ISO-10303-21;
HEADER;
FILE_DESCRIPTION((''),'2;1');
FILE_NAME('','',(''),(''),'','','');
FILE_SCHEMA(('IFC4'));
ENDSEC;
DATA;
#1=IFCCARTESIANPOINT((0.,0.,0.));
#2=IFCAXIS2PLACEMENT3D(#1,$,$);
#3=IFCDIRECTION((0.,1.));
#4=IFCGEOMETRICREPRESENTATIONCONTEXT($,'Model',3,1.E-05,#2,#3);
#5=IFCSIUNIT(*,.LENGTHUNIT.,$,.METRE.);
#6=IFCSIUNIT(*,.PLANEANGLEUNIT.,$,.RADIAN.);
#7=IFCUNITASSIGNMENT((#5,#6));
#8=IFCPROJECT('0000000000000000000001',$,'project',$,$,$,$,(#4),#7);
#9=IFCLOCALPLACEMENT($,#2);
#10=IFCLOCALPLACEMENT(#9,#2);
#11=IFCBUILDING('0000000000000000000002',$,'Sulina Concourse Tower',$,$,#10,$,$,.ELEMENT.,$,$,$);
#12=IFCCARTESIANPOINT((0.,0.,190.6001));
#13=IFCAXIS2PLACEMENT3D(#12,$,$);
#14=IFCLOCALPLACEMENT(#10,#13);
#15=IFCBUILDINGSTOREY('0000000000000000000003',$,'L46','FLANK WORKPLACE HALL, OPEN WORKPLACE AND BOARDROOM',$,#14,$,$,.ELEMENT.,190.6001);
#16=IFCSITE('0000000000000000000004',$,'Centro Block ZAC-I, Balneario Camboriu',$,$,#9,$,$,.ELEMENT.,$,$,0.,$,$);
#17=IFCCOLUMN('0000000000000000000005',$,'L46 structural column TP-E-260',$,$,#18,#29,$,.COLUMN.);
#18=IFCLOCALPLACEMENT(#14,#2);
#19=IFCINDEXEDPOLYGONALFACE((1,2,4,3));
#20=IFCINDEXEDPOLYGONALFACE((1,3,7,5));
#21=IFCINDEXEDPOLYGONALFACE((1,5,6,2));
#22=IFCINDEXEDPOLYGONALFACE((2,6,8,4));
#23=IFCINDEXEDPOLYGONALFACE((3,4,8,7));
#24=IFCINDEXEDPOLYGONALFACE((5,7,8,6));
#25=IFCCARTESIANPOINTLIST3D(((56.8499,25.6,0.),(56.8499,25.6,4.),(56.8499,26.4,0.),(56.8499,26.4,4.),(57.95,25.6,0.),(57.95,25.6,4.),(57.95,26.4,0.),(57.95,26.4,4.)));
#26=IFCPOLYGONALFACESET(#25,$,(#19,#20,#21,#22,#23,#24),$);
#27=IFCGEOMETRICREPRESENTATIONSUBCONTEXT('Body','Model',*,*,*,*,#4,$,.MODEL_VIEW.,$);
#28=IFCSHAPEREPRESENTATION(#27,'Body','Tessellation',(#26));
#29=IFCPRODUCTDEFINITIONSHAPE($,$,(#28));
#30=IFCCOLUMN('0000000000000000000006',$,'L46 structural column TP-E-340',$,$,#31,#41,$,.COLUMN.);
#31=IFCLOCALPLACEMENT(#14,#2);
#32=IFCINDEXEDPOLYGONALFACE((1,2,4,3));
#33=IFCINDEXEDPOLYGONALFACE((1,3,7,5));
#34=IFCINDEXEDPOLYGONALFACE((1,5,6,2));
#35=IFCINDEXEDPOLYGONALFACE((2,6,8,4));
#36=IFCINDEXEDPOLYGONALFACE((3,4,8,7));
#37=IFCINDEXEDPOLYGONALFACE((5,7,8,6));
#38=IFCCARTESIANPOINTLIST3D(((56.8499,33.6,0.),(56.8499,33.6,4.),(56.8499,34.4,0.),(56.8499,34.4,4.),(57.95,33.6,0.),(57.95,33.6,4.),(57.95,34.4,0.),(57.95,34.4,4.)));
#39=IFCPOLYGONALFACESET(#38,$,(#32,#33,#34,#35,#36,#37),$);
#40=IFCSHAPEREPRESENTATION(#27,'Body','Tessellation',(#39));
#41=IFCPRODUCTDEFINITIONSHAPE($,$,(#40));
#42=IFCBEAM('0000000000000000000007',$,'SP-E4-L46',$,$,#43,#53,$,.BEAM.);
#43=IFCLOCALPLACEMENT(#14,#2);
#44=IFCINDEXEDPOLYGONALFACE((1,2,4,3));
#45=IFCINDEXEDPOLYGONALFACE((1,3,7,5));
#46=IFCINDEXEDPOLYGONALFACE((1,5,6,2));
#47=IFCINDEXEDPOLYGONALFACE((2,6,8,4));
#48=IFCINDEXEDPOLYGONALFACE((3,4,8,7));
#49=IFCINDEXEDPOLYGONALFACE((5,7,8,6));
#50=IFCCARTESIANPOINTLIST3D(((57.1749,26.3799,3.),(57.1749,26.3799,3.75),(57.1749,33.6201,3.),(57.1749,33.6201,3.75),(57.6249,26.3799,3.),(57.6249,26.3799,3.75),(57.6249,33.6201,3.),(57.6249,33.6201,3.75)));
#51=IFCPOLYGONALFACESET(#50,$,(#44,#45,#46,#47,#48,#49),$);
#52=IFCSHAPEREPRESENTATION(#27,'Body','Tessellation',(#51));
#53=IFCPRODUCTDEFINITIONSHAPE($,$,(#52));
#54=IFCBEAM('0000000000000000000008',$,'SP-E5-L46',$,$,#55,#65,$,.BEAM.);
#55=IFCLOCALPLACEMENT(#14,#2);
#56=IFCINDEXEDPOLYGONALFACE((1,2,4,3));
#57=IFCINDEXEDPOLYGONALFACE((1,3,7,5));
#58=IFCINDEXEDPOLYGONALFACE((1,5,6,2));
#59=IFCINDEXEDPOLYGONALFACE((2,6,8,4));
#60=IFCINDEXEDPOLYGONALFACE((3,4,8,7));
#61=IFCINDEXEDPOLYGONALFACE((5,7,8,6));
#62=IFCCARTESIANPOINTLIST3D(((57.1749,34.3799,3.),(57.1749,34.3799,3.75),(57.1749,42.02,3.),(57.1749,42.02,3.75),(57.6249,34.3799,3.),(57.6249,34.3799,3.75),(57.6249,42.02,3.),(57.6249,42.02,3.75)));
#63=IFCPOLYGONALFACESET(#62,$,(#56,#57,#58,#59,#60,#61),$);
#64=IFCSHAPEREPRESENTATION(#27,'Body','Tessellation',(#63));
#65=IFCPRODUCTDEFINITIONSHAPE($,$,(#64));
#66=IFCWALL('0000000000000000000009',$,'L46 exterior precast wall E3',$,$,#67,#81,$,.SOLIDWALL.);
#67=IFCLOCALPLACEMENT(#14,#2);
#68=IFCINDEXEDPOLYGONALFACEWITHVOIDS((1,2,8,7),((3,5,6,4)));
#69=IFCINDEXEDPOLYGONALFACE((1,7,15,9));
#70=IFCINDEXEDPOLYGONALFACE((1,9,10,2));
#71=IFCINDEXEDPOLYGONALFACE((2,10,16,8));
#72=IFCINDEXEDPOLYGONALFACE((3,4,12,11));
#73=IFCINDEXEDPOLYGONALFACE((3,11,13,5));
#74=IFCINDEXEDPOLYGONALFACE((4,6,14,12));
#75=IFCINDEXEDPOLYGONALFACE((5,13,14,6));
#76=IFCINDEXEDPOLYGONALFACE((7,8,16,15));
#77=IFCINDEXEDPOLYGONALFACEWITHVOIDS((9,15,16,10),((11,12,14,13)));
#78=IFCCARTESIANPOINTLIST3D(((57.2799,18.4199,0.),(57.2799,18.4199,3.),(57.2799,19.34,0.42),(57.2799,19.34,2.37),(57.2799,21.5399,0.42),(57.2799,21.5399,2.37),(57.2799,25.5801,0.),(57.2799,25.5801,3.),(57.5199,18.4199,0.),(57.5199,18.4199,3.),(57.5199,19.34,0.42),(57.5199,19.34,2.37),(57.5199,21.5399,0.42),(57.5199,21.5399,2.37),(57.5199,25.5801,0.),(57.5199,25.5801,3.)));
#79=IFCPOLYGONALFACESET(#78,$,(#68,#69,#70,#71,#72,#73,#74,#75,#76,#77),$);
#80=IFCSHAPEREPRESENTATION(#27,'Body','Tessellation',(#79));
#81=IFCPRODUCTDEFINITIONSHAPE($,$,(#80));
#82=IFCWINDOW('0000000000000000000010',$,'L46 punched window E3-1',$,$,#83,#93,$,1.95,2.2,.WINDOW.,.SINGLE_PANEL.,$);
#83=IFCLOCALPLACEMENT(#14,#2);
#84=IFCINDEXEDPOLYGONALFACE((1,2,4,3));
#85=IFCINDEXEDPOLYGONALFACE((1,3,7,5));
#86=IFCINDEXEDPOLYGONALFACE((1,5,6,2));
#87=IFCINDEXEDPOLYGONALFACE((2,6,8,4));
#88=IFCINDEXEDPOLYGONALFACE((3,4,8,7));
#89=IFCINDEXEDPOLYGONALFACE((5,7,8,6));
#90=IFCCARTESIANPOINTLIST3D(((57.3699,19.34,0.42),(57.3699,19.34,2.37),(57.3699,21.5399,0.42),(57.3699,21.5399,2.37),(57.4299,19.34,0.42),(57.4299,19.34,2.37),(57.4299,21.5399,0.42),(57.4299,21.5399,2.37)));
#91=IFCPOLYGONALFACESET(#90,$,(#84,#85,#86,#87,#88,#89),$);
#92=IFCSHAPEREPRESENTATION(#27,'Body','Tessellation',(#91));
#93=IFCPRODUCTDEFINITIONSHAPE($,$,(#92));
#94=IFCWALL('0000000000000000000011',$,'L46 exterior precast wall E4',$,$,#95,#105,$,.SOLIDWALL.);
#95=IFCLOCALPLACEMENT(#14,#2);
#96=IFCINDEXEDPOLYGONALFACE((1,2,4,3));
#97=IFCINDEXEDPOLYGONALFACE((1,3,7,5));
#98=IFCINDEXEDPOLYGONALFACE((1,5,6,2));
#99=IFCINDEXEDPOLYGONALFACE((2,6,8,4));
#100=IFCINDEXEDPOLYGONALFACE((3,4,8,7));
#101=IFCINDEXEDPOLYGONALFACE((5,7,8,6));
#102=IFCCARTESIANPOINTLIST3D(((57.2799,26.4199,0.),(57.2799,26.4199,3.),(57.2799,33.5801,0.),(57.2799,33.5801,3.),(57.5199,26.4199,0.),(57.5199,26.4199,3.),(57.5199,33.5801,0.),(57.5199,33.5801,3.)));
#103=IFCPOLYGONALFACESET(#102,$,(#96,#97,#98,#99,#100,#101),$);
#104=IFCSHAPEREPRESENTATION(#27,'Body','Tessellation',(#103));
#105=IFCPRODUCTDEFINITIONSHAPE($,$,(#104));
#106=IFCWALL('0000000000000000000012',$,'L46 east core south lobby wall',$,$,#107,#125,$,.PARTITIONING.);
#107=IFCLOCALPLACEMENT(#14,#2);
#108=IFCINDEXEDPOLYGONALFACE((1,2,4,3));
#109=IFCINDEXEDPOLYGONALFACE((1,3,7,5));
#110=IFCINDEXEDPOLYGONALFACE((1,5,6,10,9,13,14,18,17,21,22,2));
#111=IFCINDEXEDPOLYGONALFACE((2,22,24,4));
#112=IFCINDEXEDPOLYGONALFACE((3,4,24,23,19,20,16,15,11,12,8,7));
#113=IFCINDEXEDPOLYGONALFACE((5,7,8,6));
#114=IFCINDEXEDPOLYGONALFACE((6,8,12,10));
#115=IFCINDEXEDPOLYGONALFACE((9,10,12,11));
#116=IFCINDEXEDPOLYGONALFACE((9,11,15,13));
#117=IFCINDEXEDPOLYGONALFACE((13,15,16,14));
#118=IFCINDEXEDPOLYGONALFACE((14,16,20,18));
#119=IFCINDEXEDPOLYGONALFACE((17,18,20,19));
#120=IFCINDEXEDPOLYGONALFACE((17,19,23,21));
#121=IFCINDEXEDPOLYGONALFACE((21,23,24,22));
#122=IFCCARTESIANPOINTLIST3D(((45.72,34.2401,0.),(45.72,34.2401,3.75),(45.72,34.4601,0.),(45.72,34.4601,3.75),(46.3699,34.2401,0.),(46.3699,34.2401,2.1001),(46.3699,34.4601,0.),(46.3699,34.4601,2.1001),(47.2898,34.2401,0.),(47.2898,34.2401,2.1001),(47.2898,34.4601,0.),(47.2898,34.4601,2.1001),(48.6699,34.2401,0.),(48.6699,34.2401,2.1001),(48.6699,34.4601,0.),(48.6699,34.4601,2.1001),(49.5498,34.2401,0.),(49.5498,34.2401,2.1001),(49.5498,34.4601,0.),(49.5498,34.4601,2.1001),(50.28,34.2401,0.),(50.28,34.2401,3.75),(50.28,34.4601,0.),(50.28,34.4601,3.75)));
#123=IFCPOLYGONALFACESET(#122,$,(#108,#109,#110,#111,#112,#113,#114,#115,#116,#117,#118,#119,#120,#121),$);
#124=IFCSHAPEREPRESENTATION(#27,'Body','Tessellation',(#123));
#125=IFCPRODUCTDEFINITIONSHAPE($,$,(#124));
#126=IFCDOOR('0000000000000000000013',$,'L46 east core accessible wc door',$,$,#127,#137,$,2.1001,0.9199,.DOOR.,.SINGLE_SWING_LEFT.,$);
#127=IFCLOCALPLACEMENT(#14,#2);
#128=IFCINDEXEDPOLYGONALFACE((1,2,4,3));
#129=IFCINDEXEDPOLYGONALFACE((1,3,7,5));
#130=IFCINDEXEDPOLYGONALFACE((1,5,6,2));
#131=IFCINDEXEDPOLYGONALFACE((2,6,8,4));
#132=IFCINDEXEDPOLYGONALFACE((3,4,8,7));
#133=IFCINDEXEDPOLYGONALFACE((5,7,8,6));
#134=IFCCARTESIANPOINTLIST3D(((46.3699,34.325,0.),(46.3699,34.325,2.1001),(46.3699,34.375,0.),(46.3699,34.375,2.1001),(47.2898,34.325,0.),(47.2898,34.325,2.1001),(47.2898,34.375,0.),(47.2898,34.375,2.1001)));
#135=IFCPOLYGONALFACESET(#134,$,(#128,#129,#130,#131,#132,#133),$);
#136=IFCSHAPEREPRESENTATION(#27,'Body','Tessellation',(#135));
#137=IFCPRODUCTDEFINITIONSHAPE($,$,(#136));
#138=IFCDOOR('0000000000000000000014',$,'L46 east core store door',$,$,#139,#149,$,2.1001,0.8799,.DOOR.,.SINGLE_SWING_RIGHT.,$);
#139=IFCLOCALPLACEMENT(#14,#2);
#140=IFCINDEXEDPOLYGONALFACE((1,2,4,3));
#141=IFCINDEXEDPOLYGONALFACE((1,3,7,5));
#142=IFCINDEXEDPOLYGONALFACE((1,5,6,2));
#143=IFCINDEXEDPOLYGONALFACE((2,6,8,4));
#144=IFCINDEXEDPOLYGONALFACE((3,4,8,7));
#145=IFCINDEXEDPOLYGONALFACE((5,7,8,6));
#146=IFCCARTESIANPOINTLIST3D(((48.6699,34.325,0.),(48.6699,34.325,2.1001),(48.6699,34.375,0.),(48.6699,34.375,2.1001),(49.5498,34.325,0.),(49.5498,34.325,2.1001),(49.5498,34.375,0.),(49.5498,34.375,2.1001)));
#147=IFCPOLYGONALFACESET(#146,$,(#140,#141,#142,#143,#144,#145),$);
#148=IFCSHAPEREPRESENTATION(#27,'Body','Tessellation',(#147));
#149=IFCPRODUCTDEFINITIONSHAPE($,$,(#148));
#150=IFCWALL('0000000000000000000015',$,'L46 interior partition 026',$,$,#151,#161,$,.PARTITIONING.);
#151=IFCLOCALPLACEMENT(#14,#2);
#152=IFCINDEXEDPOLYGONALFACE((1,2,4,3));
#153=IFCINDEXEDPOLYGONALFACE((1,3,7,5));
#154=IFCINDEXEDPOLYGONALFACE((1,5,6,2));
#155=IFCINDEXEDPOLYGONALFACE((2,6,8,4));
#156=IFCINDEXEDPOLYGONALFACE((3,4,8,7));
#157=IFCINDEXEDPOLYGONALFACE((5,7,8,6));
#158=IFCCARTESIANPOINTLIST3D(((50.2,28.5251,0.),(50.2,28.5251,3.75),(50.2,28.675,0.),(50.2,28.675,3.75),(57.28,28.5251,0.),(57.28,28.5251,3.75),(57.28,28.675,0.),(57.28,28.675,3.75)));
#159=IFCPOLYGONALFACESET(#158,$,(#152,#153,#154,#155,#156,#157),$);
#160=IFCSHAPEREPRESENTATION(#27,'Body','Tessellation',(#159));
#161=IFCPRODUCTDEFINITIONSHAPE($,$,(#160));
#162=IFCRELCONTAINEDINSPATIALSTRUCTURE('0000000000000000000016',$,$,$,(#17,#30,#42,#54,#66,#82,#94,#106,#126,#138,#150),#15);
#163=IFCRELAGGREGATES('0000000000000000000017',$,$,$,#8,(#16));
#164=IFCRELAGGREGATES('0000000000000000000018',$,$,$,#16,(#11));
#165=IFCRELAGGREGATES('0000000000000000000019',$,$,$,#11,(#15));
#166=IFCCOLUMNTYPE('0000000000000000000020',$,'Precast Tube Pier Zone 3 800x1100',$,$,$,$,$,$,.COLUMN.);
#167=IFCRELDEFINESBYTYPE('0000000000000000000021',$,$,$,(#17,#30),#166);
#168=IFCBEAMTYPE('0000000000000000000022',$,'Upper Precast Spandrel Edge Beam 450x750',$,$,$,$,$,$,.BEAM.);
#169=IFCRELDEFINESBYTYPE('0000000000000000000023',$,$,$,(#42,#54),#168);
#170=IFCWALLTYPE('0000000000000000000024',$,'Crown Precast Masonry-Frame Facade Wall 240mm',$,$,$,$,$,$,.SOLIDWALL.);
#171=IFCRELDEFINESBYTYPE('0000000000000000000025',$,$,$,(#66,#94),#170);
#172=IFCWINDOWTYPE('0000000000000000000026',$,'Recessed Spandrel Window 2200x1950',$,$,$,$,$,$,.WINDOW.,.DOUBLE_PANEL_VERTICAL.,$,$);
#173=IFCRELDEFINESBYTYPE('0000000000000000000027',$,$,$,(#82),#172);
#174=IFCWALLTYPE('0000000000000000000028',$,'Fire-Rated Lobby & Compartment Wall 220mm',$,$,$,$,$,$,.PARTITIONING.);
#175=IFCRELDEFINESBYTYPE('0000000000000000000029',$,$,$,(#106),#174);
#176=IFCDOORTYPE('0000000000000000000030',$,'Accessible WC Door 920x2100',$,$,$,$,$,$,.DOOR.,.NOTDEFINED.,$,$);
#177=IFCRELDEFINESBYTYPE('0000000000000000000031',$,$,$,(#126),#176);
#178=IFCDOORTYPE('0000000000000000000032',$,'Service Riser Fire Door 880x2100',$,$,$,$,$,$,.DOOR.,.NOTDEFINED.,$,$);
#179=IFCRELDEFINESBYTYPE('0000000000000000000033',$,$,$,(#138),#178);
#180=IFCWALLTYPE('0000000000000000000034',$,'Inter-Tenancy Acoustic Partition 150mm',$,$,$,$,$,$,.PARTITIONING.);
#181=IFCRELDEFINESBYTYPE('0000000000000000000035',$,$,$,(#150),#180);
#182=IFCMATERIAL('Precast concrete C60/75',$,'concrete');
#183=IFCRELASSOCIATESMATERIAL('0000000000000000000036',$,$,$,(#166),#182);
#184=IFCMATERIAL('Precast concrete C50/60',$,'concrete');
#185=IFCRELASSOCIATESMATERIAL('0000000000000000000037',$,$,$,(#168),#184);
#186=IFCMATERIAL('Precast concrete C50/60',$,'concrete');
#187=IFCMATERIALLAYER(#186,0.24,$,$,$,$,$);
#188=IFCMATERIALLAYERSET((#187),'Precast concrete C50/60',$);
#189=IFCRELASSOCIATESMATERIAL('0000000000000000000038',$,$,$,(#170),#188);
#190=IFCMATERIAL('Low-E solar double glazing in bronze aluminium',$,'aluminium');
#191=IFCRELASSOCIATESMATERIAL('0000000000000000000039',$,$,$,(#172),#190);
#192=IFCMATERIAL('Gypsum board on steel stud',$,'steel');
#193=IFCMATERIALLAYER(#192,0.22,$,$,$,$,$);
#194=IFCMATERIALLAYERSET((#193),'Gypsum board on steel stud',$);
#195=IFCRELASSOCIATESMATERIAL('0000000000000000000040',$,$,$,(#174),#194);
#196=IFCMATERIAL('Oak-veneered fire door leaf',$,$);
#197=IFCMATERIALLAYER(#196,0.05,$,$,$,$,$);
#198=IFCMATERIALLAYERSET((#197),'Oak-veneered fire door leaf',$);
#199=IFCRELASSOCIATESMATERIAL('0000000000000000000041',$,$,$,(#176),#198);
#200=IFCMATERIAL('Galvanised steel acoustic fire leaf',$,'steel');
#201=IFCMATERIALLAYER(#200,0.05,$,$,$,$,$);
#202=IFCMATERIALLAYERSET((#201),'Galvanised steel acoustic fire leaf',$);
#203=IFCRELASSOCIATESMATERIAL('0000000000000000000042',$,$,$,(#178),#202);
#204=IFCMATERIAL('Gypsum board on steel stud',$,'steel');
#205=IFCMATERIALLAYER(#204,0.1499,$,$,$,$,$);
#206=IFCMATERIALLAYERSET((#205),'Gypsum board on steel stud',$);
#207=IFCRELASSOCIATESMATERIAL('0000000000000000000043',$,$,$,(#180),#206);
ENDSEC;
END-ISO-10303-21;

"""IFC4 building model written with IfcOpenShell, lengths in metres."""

from ifc_helpers import new_model, si_unit, direction, frame, frame_2d, origin, origin_2d, place, context, subcontext, project, spatial, rectangle, extrude, material, layer, layer_set, material_profile, profile_set, type_object, element, fill, save


model = new_model("IFC4")

# Units and contexts
model_context = context("Model", 3, precision=1e-05, world=origin(), true_north=direction((0.0, 1.0)))
body_context = subcontext(model_context, "Body", "Model", "MODEL_VIEW")
ifc_project = project(units=[si_unit("LENGTHUNIT", "METRE"), si_unit("PLANEANGLEUNIT", "RADIAN")], contexts=[model_context])

# Site, building, storey
site_placement = place(None, origin())
site = spatial("IfcSite", under=ifc_project, at=site_placement, Name="Centro Block ZAC-I, Balneario Camboriu", CompositionType="ELEMENT", RefElevation=0.0)
building_placement = place(site_placement, origin())
building = spatial("IfcBuilding", under=site, at=building_placement, Name="Sulina Concourse Tower", CompositionType="ELEMENT")
storey_placement = place(building_placement, frame((0.0, 0.0, 190.6001)))
storey = spatial("IfcBuildingStorey", under=building, at=storey_placement, Name="L46", Description="FLANK WORKPLACE HALL, OPEN WORKPLACE AND BOARDROOM", CompositionType="ELEMENT", Elevation=190.6001)

# Columns
ifc_material_1 = material(Name="Precast concrete C60/75", Category="concrete")
ifc_material_profile_1 = material_profile(ifc_material_1, rectangle(XDim=0.8, YDim=1.1001, at=origin_2d()), Name="PC 800x1100")
ifc_profile_set_1 = profile_set([ifc_material_profile_1], Name="Precast concrete C60/75")
column_type = type_object("IfcColumnType", Name="Precast Tube Pier Zone 3 800x1100", PredefinedType="COLUMN", material=ifc_profile_set_1)
for number, where, z_axis, x_axis, name in (
    (1, (57.3999, 26.0, 0.0), (0.0, 0.0, 1.0), (0.0, 1.0, 0.0), "L46 structural column TP-E-260"),
    (2, (57.3999, 34.0, 0.0), (0.0, 0.0, 1.0), (0.0, 1.0, 0.0), "L46 structural column TP-E-340"),
):
    element("IfcColumn", number, at=place(storey_placement, frame(where, z_axis=z_axis, x_axis=x_axis)), inside=storey, type_object=column_type, Name=name, PredefinedType="COLUMN", context=body_context, shape_type="SweptSolid", body=[
        extrude(rectangle(XDim=0.8, YDim=1.1001, at=origin_2d()), origin(), (0.0, 0.0, 1.0), 4.0),
    ])

# Beams
ifc_material_2 = material(Name="Precast concrete C50/60", Category="concrete")
ifc_material_profile_2 = material_profile(ifc_material_2, rectangle(XDim=0.45, YDim=0.75, at=origin_2d()), Name="RC 450x750")
ifc_profile_set_2 = profile_set([ifc_material_profile_2], Name="Precast concrete C50/60")
beam_type = type_object("IfcBeamType", Name="Upper Precast Spandrel Edge Beam 450x750", PredefinedType="BEAM", material=ifc_profile_set_2)
beam_1_placement = place(storey_placement, frame((57.3999, 26.3799, 3.375), z_axis=(0.0, 1.0, 0.0), x_axis=(-1.0, 0.0, 0.0)))
element("IfcBeam", 3, at=beam_1_placement, inside=storey, type_object=beam_type, Name="SP-E4-L46", PredefinedType="BEAM", context=body_context, shape_type="SweptSolid", body=[
    extrude(rectangle(XDim=0.45, YDim=0.75, at=origin_2d()), origin(), (0.0, 0.0, 1.0), 7.2402),
])
beam_2_placement = place(storey_placement, frame((57.3999, 34.3799, 3.375), z_axis=(0.0, 1.0, 0.0), x_axis=(-1.0, 0.0, 0.0)))
element("IfcBeam", 4, at=beam_2_placement, inside=storey, type_object=beam_type, Name="SP-E5-L46", PredefinedType="BEAM", context=body_context, shape_type="SweptSolid", body=[
    extrude(rectangle(XDim=0.45, YDim=0.75, at=origin_2d()), origin(), (0.0, 0.0, 1.0), 7.6401),
])

# Wall, opening, window
ifc_material_3 = material(Name="Precast concrete C50/60", Category="concrete")
ifc_layer_1 = layer(ifc_material_3, 0.24)
ifc_layer_set_1 = layer_set([ifc_layer_1], Name="Precast concrete C50/60")
wall_type_1 = type_object("IfcWallType", Name="Crown Precast Masonry-Frame Facade Wall 240mm", PredefinedType="SOLIDWALL", material=ifc_layer_set_1)
wall_1_placement = place(storey_placement, frame((57.3999, 25.5801, 0.0), z_axis=(0.0, 0.0, 1.0), x_axis=(0.0, -1.0, 0.0)))
wall_1 = element("IfcWall", 5, at=wall_1_placement, inside=storey, type_object=wall_type_1, Name="L46 exterior precast wall E3", PredefinedType="SOLIDWALL", context=body_context, shape_type="SweptSolid", body=[
    extrude(rectangle(XDim=7.1602, YDim=0.24, at=frame_2d((3.5801, 0.0))), origin(), (0.0, 0.0, 1.0), 3.0),
])
opening_1_placement = place(wall_1_placement, frame((4.04, 0.0, 0.4199)))
opening_1 = element("IfcOpeningElement", 6, at=opening_1_placement, cuts=wall_1, PredefinedType="OPENING", context=body_context, shape_type="SweptSolid", body=[
    extrude(rectangle(XDim=2.2, YDim=1.95, at=frame_2d((1.1001, 0.9751))), frame((0.0, 0.1299, 0.0), z_axis=(0.0, -1.0, 0.0), x_axis=(1.0, 0.0, 0.0)), (0.0, 0.0, 1.0), 0.26),
])
ifc_material_4 = material(Name="Low-E solar double glazing in bronze aluminium", Category="aluminium")
window_type = type_object("IfcWindowType", Name="Recessed Spandrel Window 2200x1950", PartitioningType="DOUBLE_PANEL_VERTICAL", PredefinedType="WINDOW", material=ifc_material_4)
window_placement = place(opening_1_placement, origin())
window = element("IfcWindow", 7, at=window_placement, inside=storey, type_object=window_type, Name="L46 punched window E3-1", OverallHeight=1.95, OverallWidth=2.2, PartitioningType="SINGLE_PANEL", PredefinedType="WINDOW", context=body_context, shape_type="SweptSolid", body=[
    extrude(rectangle(XDim=2.2, YDim=1.95, at=frame_2d((1.1001, 0.9751))), frame((0.0, 0.03, 0.0), z_axis=(0.0, -1.0, 0.0), x_axis=(1.0, 0.0, 0.0)), (0.0, 0.0, 1.0), 0.0601),
])
fill(opening_1, window)

# Wall
wall_2_placement = place(storey_placement, frame((57.3999, 33.5801, 0.0), z_axis=(0.0, 0.0, 1.0), x_axis=(0.0, -1.0, 0.0)))
element("IfcWall", 8, at=wall_2_placement, inside=storey, type_object=wall_type_1, Name="L46 exterior precast wall E4", PredefinedType="SOLIDWALL", context=body_context, shape_type="SweptSolid", body=[
    extrude(rectangle(XDim=7.1602, YDim=0.24, at=frame_2d((3.5801, 0.0))), origin(), (0.0, 0.0, 1.0), 3.0),
])

# Wall, openings, doors
ifc_material_5 = material(Name="Gypsum board on steel stud", Category="steel")
ifc_layer_2 = layer(ifc_material_5, 0.22)
ifc_layer_set_2 = layer_set([ifc_layer_2], Name="Gypsum board on steel stud")
wall_type_2 = type_object("IfcWallType", Name="Fire-Rated Lobby & Compartment Wall 220mm", PredefinedType="PARTITIONING", material=ifc_layer_set_2)
wall_3_placement = place(storey_placement, frame((45.72, 34.3501, 0.0), z_axis=(0.0, 0.0, 1.0), x_axis=(1.0, 0.0, 0.0)))
wall_3 = element("IfcWall", 9, at=wall_3_placement, inside=storey, type_object=wall_type_2, Name="L46 east core south lobby wall", PredefinedType="PARTITIONING", context=body_context, shape_type="SweptSolid", body=[
    extrude(rectangle(XDim=4.5601, YDim=0.22, at=frame_2d((2.28, 0.0))), origin(), (0.0, 0.0, 1.0), 3.75),
])
opening_2_placement = place(wall_3_placement, frame((0.6499, 0.0, 0.0)))
opening_2 = element("IfcOpeningElement", 10, at=opening_2_placement, cuts=wall_3, PredefinedType="OPENING", context=body_context, shape_type="SweptSolid", body=[
    extrude(rectangle(XDim=0.9199, YDim=2.1001, at=frame_2d((0.46, 1.05))), frame((0.0, 0.1199, 0.0), z_axis=(0.0, -1.0, 0.0), x_axis=(1.0, 0.0, 0.0)), (0.0, 0.0, 1.0), 0.24),
])
opening_3_placement = place(wall_3_placement, frame((2.95, 0.0, 0.0)))
opening_3 = element("IfcOpeningElement", 11, at=opening_3_placement, cuts=wall_3, PredefinedType="OPENING", context=body_context, shape_type="SweptSolid", body=[
    extrude(rectangle(XDim=0.8799, YDim=2.1001, at=frame_2d((0.4399, 1.05))), frame((0.0, 0.1199, 0.0), z_axis=(0.0, -1.0, 0.0), x_axis=(1.0, 0.0, 0.0)), (0.0, 0.0, 1.0), 0.24),
])
ifc_material_6 = material(Name="Oak-veneered fire door leaf")
ifc_layer_3 = layer(ifc_material_6, 0.05)
ifc_layer_set_3 = layer_set([ifc_layer_3], Name="Oak-veneered fire door leaf")
door_type_1 = type_object("IfcDoorType", Name="Accessible WC Door 920x2100", OperationType="NOTDEFINED", PredefinedType="DOOR", material=ifc_layer_set_3)
door_1_placement = place(opening_2_placement, origin())
door_1 = element("IfcDoor", 12, at=door_1_placement, inside=storey, type_object=door_type_1, Name="L46 east core accessible wc door", OperationType="SINGLE_SWING_LEFT", OverallHeight=2.1001, OverallWidth=0.9199, PredefinedType="DOOR", context=body_context, shape_type="SweptSolid", body=[
    extrude(rectangle(XDim=0.9199, YDim=2.1001, at=frame_2d((0.46, 1.05))), frame((0.0, 0.0249, 0.0), z_axis=(0.0, -1.0, 0.0), x_axis=(1.0, 0.0, 0.0)), (0.0, 0.0, 1.0), 0.05),
])
fill(opening_2, door_1)
ifc_material_7 = material(Name="Galvanised steel acoustic fire leaf", Category="steel")
ifc_layer_4 = layer(ifc_material_7, 0.05)
ifc_layer_set_4 = layer_set([ifc_layer_4], Name="Galvanised steel acoustic fire leaf")
door_type_2 = type_object("IfcDoorType", Name="Service Riser Fire Door 880x2100", OperationType="NOTDEFINED", PredefinedType="DOOR", material=ifc_layer_set_4)
door_2_placement = place(opening_3_placement, origin())
door_2 = element("IfcDoor", 13, at=door_2_placement, inside=storey, type_object=door_type_2, Name="L46 east core store door", OperationType="SINGLE_SWING_RIGHT", OverallHeight=2.1001, OverallWidth=0.8799, PredefinedType="DOOR", context=body_context, shape_type="SweptSolid", body=[
    extrude(rectangle(XDim=0.8799, YDim=2.1001, at=frame_2d((0.4399, 1.05))), frame((0.0, 0.0249, 0.0), z_axis=(0.0, -1.0, 0.0), x_axis=(1.0, 0.0, 0.0)), (0.0, 0.0, 1.0), 0.05),
])
fill(opening_3, door_2)

# Wall
ifc_material_8 = material(Name="Gypsum board on steel stud", Category="steel")
ifc_layer_5 = layer(ifc_material_8, 0.1499)
ifc_layer_set_5 = layer_set([ifc_layer_5], Name="Gypsum board on steel stud")
wall_type_3 = type_object("IfcWallType", Name="Inter-Tenancy Acoustic Partition 150mm", PredefinedType="PARTITIONING", material=ifc_layer_set_5)
wall_4_placement = place(storey_placement, frame((50.2, 28.6001, 0.0), z_axis=(0.0, 0.0, 1.0), x_axis=(1.0, 0.0, 0.0)))
element("IfcWall", 14, at=wall_4_placement, inside=storey, type_object=wall_type_3, Name="L46 interior partition 026", PredefinedType="PARTITIONING", context=body_context, shape_type="SweptSolid", body=[
    extrude(rectangle(XDim=7.0801, YDim=0.1499, at=frame_2d((3.54, 0.0))), origin(), (0.0, 0.0, 1.0), 3.75),
])

save(model, "model.ifc")
